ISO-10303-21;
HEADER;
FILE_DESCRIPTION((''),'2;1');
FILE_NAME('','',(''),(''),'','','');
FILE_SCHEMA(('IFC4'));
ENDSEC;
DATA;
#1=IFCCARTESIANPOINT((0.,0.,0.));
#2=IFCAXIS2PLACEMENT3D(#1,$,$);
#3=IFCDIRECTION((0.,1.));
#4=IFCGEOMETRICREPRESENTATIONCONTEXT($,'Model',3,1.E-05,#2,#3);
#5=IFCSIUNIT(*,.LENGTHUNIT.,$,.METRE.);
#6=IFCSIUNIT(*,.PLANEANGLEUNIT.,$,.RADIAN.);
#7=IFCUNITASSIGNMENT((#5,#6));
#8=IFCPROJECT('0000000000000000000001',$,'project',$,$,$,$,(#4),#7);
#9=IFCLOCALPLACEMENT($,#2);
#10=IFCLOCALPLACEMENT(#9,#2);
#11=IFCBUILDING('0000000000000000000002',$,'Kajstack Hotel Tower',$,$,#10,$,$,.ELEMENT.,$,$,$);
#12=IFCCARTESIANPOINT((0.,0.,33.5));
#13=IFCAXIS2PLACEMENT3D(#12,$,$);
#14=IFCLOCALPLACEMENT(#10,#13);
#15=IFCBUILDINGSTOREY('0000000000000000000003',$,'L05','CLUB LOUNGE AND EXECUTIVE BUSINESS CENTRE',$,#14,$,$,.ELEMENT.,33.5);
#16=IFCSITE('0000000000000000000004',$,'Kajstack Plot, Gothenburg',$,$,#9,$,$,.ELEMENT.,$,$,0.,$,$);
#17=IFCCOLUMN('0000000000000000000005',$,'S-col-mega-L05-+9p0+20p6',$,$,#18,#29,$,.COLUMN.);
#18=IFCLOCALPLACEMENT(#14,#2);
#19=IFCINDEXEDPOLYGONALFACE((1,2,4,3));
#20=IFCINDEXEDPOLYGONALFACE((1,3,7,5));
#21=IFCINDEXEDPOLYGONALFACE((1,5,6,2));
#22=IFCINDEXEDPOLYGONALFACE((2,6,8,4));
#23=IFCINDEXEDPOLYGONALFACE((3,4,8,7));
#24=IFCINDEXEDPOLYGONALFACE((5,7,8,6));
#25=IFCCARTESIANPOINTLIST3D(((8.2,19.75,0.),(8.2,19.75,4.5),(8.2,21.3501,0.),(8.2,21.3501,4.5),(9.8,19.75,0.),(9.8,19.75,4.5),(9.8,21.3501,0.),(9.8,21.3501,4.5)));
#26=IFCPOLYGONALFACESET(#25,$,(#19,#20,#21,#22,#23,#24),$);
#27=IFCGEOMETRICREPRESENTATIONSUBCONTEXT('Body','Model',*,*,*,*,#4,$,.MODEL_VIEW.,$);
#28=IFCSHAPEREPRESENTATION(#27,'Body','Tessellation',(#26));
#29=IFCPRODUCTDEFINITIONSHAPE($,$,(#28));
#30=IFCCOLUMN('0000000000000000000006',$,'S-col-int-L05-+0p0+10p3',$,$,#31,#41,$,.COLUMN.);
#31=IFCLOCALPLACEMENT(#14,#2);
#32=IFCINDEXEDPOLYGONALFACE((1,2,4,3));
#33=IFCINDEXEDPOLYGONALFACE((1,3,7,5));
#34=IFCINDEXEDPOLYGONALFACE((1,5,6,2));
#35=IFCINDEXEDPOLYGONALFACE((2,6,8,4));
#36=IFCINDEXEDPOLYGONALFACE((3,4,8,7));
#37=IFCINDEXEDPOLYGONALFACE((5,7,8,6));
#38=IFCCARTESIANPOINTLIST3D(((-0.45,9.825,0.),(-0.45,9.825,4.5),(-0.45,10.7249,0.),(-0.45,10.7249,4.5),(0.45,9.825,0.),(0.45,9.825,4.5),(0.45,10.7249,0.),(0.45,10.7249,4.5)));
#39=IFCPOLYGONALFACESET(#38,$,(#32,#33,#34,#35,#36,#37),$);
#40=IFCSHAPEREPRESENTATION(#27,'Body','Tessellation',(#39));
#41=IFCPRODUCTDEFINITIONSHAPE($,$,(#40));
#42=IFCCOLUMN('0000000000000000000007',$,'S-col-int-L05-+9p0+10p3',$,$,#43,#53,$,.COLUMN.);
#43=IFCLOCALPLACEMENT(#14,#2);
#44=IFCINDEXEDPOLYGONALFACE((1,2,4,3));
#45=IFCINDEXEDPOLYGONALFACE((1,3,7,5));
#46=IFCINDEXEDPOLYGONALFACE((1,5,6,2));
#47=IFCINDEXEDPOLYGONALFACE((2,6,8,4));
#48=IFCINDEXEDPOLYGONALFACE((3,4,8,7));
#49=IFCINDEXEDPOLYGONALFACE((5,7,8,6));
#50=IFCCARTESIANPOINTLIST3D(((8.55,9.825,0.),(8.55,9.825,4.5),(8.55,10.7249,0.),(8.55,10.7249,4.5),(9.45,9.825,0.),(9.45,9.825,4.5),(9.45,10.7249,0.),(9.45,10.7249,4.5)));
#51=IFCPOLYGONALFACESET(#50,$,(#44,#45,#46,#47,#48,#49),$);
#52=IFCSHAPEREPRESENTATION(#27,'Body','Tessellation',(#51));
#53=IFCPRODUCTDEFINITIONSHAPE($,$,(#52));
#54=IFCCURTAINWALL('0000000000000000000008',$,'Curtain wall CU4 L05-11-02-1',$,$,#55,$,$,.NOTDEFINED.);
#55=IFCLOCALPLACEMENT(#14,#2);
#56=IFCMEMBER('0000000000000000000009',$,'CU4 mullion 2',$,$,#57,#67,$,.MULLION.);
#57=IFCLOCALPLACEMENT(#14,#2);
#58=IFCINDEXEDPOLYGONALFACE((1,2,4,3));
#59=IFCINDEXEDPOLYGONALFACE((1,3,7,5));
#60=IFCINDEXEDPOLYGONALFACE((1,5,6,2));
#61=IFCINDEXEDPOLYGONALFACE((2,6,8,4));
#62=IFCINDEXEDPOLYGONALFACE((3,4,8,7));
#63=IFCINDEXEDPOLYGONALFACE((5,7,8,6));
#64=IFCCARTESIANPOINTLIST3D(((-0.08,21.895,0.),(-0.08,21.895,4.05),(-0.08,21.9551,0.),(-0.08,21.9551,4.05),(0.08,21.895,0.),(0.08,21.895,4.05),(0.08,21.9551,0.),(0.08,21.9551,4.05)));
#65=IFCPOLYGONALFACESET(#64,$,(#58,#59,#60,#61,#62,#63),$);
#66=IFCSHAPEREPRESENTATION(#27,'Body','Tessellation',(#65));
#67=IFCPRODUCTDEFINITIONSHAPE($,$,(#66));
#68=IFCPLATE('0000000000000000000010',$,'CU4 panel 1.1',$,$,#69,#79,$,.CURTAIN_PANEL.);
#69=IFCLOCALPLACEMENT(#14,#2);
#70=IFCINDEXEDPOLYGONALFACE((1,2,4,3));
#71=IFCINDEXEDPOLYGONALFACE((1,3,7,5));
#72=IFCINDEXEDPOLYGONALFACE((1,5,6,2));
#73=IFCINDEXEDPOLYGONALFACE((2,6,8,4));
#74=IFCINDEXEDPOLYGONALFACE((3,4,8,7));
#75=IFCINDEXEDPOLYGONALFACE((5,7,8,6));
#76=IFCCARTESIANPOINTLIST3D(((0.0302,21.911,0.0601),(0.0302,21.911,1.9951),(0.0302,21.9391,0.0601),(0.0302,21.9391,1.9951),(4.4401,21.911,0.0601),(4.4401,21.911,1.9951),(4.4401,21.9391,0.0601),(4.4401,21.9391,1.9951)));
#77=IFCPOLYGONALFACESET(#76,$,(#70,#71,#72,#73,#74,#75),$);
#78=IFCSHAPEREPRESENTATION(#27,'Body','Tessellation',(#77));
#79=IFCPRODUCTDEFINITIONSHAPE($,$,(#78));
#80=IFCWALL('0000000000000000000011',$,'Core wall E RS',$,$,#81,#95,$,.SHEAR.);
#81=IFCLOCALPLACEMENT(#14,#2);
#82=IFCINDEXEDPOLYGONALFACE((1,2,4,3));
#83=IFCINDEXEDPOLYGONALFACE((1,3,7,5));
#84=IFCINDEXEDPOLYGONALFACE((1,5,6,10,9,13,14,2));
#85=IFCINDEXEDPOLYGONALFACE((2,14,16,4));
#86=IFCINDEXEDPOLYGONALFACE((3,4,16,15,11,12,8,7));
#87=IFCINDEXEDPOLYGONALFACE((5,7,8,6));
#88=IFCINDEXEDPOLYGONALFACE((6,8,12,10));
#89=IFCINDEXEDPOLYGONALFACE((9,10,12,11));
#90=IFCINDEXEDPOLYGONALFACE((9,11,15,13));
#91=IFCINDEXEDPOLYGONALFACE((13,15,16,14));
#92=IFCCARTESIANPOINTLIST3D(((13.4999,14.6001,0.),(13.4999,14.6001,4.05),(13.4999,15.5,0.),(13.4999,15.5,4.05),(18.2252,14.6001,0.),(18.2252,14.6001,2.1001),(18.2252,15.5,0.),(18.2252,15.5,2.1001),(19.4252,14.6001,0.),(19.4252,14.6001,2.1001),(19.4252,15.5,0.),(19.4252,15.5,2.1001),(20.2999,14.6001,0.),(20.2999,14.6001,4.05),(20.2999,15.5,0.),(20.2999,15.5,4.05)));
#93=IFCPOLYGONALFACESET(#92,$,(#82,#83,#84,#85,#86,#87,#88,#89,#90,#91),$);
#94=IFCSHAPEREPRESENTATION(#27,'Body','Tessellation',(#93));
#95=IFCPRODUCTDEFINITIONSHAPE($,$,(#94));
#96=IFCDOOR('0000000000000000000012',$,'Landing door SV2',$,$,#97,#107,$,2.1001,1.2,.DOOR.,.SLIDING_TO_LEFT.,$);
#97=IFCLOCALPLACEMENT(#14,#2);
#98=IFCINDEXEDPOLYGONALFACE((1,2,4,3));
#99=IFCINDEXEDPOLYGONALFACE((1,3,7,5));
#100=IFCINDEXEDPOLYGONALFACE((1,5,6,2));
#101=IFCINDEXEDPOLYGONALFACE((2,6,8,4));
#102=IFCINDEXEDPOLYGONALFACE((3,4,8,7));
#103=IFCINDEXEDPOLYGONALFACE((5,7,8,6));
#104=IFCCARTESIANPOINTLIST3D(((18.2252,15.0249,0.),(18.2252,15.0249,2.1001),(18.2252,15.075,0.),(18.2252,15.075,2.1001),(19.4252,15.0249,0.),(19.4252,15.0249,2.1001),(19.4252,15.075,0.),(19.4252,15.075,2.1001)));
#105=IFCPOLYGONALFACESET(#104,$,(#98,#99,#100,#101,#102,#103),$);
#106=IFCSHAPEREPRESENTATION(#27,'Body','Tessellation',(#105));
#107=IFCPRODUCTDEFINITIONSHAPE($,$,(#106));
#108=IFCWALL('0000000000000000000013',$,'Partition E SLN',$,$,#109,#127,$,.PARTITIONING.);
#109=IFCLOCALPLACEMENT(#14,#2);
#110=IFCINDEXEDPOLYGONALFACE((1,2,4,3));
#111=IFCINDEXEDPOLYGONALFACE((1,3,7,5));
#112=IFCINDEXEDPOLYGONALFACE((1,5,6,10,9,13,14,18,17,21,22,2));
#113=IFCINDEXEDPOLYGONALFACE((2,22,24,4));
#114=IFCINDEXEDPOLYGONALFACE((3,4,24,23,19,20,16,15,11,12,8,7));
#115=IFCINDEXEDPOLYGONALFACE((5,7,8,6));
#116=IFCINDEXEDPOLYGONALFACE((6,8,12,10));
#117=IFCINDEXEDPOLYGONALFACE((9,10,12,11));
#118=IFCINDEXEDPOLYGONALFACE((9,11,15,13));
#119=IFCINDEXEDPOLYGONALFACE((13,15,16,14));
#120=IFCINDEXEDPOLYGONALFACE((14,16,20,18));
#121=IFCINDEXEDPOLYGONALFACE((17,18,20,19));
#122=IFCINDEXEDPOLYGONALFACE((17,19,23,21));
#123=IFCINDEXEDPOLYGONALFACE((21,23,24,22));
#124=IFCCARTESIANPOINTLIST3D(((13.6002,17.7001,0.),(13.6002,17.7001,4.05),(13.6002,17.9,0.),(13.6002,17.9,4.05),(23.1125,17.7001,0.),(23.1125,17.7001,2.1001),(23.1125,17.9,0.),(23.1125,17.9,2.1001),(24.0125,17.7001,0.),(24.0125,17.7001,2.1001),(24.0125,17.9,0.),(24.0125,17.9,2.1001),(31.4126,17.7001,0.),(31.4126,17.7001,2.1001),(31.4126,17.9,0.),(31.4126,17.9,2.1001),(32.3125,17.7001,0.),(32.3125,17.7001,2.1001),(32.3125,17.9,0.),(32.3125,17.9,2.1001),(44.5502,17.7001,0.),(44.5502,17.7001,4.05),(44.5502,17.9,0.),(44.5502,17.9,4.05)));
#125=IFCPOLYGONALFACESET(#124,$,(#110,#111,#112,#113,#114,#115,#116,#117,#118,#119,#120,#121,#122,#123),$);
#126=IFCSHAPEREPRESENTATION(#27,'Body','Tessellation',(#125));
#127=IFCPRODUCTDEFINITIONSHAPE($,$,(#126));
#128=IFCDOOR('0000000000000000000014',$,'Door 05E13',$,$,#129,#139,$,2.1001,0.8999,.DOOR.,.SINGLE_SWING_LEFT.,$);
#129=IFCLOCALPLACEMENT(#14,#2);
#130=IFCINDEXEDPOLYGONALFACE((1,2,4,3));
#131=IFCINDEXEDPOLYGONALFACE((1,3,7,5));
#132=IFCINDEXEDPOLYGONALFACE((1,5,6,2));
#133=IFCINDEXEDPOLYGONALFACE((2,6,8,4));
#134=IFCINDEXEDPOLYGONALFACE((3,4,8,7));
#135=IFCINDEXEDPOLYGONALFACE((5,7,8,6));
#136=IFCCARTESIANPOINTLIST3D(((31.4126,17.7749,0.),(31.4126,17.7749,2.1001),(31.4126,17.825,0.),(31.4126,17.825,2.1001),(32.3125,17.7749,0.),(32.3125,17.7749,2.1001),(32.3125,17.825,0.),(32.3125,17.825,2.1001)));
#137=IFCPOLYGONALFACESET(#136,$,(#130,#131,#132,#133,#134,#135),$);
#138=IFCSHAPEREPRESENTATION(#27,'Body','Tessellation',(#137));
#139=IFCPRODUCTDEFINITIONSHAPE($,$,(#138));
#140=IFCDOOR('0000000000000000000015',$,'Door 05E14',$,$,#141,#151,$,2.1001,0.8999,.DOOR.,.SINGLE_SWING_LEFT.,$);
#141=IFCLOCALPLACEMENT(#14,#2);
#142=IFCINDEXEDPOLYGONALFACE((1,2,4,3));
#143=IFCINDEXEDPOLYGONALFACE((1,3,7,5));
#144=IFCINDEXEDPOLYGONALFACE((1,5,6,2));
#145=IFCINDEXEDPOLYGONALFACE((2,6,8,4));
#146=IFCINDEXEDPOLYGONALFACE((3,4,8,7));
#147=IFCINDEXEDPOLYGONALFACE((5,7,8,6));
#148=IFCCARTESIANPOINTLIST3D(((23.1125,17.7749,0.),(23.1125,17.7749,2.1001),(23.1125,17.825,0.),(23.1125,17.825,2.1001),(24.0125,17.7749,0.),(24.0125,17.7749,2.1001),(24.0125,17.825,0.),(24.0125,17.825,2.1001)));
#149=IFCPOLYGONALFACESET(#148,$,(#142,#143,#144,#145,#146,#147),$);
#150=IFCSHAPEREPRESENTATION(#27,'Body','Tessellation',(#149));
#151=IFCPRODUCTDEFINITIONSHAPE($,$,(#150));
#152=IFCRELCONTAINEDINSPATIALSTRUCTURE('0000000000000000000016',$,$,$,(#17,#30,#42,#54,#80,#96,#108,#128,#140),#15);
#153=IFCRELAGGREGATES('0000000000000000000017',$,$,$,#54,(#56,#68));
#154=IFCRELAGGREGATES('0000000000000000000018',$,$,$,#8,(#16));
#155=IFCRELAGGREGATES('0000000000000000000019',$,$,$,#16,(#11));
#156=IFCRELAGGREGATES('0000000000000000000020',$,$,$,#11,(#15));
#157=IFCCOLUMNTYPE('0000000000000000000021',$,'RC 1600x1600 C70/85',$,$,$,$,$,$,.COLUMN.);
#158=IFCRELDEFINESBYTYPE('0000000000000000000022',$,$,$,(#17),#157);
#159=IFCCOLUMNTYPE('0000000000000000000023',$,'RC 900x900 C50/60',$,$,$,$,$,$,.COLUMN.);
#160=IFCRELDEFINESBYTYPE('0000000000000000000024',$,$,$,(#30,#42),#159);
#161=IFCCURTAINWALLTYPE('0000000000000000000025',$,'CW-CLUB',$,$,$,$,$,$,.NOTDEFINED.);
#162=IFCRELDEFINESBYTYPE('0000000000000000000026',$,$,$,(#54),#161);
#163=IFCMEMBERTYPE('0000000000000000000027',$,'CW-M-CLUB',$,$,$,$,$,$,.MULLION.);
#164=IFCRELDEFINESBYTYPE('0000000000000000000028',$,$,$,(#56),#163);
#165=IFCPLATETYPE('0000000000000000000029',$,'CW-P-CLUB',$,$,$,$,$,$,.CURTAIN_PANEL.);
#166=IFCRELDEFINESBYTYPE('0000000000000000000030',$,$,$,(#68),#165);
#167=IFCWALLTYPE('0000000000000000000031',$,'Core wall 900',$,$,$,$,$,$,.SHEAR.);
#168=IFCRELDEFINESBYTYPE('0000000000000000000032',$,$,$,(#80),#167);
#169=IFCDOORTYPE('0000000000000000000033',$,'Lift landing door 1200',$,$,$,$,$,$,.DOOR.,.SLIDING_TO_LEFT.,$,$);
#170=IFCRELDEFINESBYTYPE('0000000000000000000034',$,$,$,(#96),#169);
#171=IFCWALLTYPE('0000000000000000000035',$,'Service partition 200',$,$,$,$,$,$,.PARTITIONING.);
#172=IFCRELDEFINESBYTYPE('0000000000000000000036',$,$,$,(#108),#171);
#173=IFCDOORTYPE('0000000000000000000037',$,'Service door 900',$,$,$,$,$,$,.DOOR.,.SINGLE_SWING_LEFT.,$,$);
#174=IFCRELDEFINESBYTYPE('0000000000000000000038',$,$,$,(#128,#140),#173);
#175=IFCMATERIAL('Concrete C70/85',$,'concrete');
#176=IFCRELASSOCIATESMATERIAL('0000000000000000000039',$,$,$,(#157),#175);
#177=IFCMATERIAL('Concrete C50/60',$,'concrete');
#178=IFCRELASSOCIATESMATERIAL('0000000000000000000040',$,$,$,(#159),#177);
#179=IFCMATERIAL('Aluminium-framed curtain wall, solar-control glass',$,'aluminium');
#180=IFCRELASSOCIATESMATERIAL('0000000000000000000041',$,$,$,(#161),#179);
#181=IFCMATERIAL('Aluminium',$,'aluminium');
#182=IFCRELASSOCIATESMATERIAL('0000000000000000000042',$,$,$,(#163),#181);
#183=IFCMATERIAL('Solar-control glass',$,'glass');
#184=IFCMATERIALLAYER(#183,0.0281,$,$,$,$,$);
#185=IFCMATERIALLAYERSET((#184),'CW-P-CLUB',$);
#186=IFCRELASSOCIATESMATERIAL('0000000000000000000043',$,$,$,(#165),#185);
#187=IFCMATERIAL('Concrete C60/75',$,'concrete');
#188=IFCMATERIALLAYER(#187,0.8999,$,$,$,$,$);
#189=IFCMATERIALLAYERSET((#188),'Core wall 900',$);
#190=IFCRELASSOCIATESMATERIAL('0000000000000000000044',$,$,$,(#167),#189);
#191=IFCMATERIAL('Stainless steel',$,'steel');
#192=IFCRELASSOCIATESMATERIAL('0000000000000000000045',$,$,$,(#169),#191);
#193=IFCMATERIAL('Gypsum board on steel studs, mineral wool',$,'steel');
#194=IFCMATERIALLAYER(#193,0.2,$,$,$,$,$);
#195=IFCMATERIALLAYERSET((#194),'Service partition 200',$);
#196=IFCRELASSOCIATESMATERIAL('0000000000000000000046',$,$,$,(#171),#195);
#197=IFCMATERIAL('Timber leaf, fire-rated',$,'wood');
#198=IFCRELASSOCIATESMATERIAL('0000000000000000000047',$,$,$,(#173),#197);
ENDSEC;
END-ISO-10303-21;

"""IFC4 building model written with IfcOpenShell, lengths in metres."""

from ifc_helpers import new_model, si_unit, direction, frame, frame_2d, origin, origin_2d, place, context, subcontext, project, spatial, rectangle, extrude, material, layer, layer_set, material_profile, profile_set, type_object, element, fill, aggregate, save


model = new_model("IFC4")

# Units and contexts
model_context = context("Model", 3, precision=1e-05, world=origin(), true_north=direction((0.0, 1.0)))
body_context = subcontext(model_context, "Body", "Model", "MODEL_VIEW")
ifc_project = project(units=[si_unit("LENGTHUNIT", "METRE"), si_unit("PLANEANGLEUNIT", "RADIAN")], contexts=[model_context])

# Site, building, storey
site_placement = place(None, origin())
site = spatial("IfcSite", under=ifc_project, at=site_placement, Name="Kajstack Plot, Gothenburg", CompositionType="ELEMENT", RefElevation=0.0)
building_placement = place(site_placement, origin())
building = spatial("IfcBuilding", under=site, at=building_placement, Name="Kajstack Hotel Tower", CompositionType="ELEMENT")
storey_placement = place(building_placement, frame((0.0, 0.0, 33.5)))
storey = spatial("IfcBuildingStorey", under=building, at=storey_placement, Name="L05", Description="CLUB LOUNGE AND EXECUTIVE BUSINESS CENTRE", CompositionType="ELEMENT", Elevation=33.5)

# Columns
ifc_material_1 = material(Name="Concrete C70/85", Category="concrete")
ifc_material_profile_1 = material_profile(ifc_material_1, rectangle(XDim=1.6001, YDim=1.6001, at=origin_2d()), Name="RC 1600x1600")
ifc_profile_set_1 = profile_set([ifc_material_profile_1], Name="Concrete C70/85")
column_type_1 = type_object("IfcColumnType", Name="RC 1600x1600 C70/85", PredefinedType="COLUMN", material=ifc_profile_set_1)
column_placement = place(storey_placement, frame((9.0, 20.55, 0.0), z_axis=(0.0, 0.0, 1.0), x_axis=(1.0, 0.0, 0.0)))
element("IfcColumn", 1, at=column_placement, inside=storey, type_object=column_type_1, Name="S-col-mega-L05-+9p0+20p6", PredefinedType="COLUMN", context=body_context, shape_type="SweptSolid", body=[
    extrude(rectangle(XDim=1.6001, YDim=1.6001, at=origin_2d()), origin(), (0.0, 0.0, 1.0), 4.5),
])
ifc_material_2 = material(Name="Concrete C50/60", Category="concrete")
ifc_material_profile_2 = material_profile(ifc_material_2, rectangle(XDim=0.8999, YDim=0.8999, at=origin_2d()), Name="RC 900x900")
ifc_profile_set_2 = profile_set([ifc_material_profile_2], Name="Concrete C50/60")
column_type_2 = type_object("IfcColumnType", Name="RC 900x900 C50/60", PredefinedType="COLUMN", material=ifc_profile_set_2)
for number, where, z_axis, x_axis, name in (
    (2, (0.0, 10.2749, 0.0), (0.0, 0.0, 1.0), (1.0, 0.0, 0.0), "S-col-int-L05-+0p0+10p3"),
    (3, (9.0, 10.2749, 0.0), (0.0, 0.0, 1.0), (1.0, 0.0, 0.0), "S-col-int-L05-+9p0+10p3"),
):
    element("IfcColumn", number, at=place(storey_placement, frame(where, z_axis=z_axis, x_axis=x_axis)), inside=storey, type_object=column_type_2, Name=name, PredefinedType="COLUMN", context=body_context, shape_type="SweptSolid", body=[
        extrude(rectangle(XDim=0.8999, YDim=0.8999, at=origin_2d()), origin(), (0.0, 0.0, 1.0), 4.5),
    ])

# Curtain wall, member, plate
ifc_material_3 = material(Name="Aluminium-framed curtain wall, solar-control glass", Category="aluminium")
curtain_wall_type = type_object("IfcCurtainWallType", Name="CW-CLUB", PredefinedType="NOTDEFINED", material=ifc_material_3)
curtain_wall_placement = place(storey_placement, origin())
curtain_wall = element("IfcCurtainWall", 4, at=curtain_wall_placement, inside=storey, type_object=curtain_wall_type, Name="Curtain wall CU4 L05-11-02-1", PredefinedType="NOTDEFINED")
ifc_material_4 = material(Name="Aluminium", Category="aluminium")
ifc_material_profile_3 = material_profile(ifc_material_4, rectangle(XDim=0.0601, YDim=0.1599, at=origin_2d()), Name="Aluminium mullion 60 x 160")
ifc_profile_set_3 = profile_set([ifc_material_profile_3], Name="Aluminium")
member_type = type_object("IfcMemberType", Name="CW-M-CLUB", PredefinedType="MULLION", material=ifc_profile_set_3)
member_placement = place(storey_placement, frame((0.0, 21.925, 0.0), z_axis=(0.0, 0.0, 1.0), x_axis=(0.0, -1.0, 0.0)))
member = element("IfcMember", 5, at=member_placement, type_object=member_type, Name="CU4 mullion 2", PredefinedType="MULLION", context=body_context, shape_type="SweptSolid", body=[
    extrude(rectangle(XDim=0.0601, YDim=0.1599, at=origin_2d()), origin(), (0.0, 0.0, 1.0), 4.05),
])
ifc_material_5 = material(Name="Solar-control glass", Category="glass")
ifc_layer_1 = layer(ifc_material_5, 0.0281)
ifc_layer_set_1 = layer_set([ifc_layer_1], Name="CW-P-CLUB")
plate_type = type_object("IfcPlateType", Name="CW-P-CLUB", PredefinedType="CURTAIN_PANEL", material=ifc_layer_set_1)
plate_placement = place(storey_placement, frame((2.2351, 21.925, 0.0601), z_axis=(0.0, 0.0, 1.0), x_axis=(-1.0, 0.0, 0.0)))
plate = element("IfcPlate", 6, at=plate_placement, type_object=plate_type, Name="CU4 panel 1.1", PredefinedType="CURTAIN_PANEL", context=body_context, shape_type="SweptSolid", body=[
    extrude(rectangle(XDim=4.4099, YDim=0.0281, at=origin_2d()), origin(), (0.0, 0.0, 1.0), 1.9351),
])
aggregate(curtain_wall, [member, plate])

# Wall, opening, door
ifc_material_6 = material(Name="Concrete C60/75", Category="concrete")
ifc_layer_2 = layer(ifc_material_6, 0.8999)
ifc_layer_set_2 = layer_set([ifc_layer_2], Name="Core wall 900")
wall_type_1 = type_object("IfcWallType", Name="Core wall 900", PredefinedType="SHEAR", material=ifc_layer_set_2)
wall_1_placement = place(storey_placement, frame((13.5, 15.05, 0.0), z_axis=(0.0, 0.0, 1.0), x_axis=(1.0, 0.0, 0.0)))
wall_1 = element("IfcWall", 7, at=wall_1_placement, inside=storey, type_object=wall_type_1, Name="Core wall E RS", PredefinedType="SHEAR", context=body_context, shape_type="SweptSolid", body=[
    extrude(rectangle(XDim=6.8, YDim=0.8999, at=frame_2d((3.3999, 0.0))), origin(), (0.0, 0.0, 1.0), 4.05),
])
opening_1_placement = place(wall_1_placement, frame((4.7251, 0.0, 0.0)))
opening_1 = element("IfcOpeningElement", 8, at=opening_1_placement, cuts=wall_1, PredefinedType="OPENING", context=body_context, shape_type="SweptSolid", body=[
    extrude(rectangle(XDim=1.2, YDim=2.1001, at=frame_2d((0.6001, 1.05))), frame((0.0, 0.46, 0.0), z_axis=(0.0, -1.0, 0.0), x_axis=(1.0, 0.0, 0.0)), (0.0, 0.0, 1.0), 0.9199),
])
ifc_material_7 = material(Name="Stainless steel", Category="steel")
door_type_1 = type_object("IfcDoorType", Name="Lift landing door 1200", OperationType="SLIDING_TO_LEFT", PredefinedType="DOOR", material=ifc_material_7)
door_1_placement = place(opening_1_placement, origin())
door_1 = element("IfcDoor", 9, at=door_1_placement, inside=storey, type_object=door_type_1, Name="Landing door SV2", OperationType="SLIDING_TO_LEFT", OverallHeight=2.1001, OverallWidth=1.2, PredefinedType="DOOR", context=body_context, shape_type="SweptSolid", body=[
    extrude(rectangle(XDim=1.2, YDim=2.1001, at=frame_2d((0.6001, 1.05))), frame((0.0, 0.0249, 0.0), z_axis=(0.0, -1.0, 0.0), x_axis=(1.0, 0.0, 0.0)), (0.0, 0.0, 1.0), 0.05),
])
fill(opening_1, door_1)

# Wall, openings, doors
ifc_material_8 = material(Name="Gypsum board on steel studs, mineral wool", Category="steel")
ifc_layer_3 = layer(ifc_material_8, 0.2)
ifc_layer_set_3 = layer_set([ifc_layer_3], Name="Service partition 200")
wall_type_2 = type_object("IfcWallType", Name="Service partition 200", PredefinedType="PARTITIONING", material=ifc_layer_set_3)
wall_2_placement = place(storey_placement, frame((13.6001, 17.8, 0.0), z_axis=(0.0, 0.0, 1.0), x_axis=(1.0, 0.0, 0.0)))
wall_2 = element("IfcWall", 10, at=wall_2_placement, inside=storey, type_object=wall_type_2, Name="Partition E SLN", PredefinedType="PARTITIONING", context=body_context, shape_type="SweptSolid", body=[
    extrude(rectangle(XDim=30.95, YDim=0.2, at=frame_2d((15.4751, 0.0))), origin(), (0.0, 0.0, 1.0), 4.05),
])
opening_2_placement = place(wall_2_placement, frame((17.8125, 0.0, 0.0)))
opening_2 = element("IfcOpeningElement", 11, at=opening_2_placement, cuts=wall_2, PredefinedType="OPENING", context=body_context, shape_type="SweptSolid", body=[
    extrude(rectangle(XDim=0.8999, YDim=2.1001, at=frame_2d((0.45, 1.05))), frame((0.0, 0.1099, 0.0), z_axis=(0.0, -1.0, 0.0), x_axis=(1.0, 0.0, 0.0)), (0.0, 0.0, 1.0), 0.22),
])
opening_3_placement = place(wall_2_placement, frame((9.5125, 0.0, 0.0)))
opening_3 = element("IfcOpeningElement", 12, at=opening_3_placement, cuts=wall_2, PredefinedType="OPENING", context=body_context, shape_type="SweptSolid", body=[
    extrude(rectangle(XDim=0.8999, YDim=2.1001, at=frame_2d((0.45, 1.05))), frame((0.0, 0.1099, 0.0), z_axis=(0.0, -1.0, 0.0), x_axis=(1.0, 0.0, 0.0)), (0.0, 0.0, 1.0), 0.22),
])
ifc_material_9 = material(Name="Timber leaf, fire-rated", Category="wood")
door_type_2 = type_object("IfcDoorType", Name="Service door 900", OperationType="SINGLE_SWING_LEFT", PredefinedType="DOOR", material=ifc_material_9)
door_2_placement = place(opening_2_placement, origin())
door_2 = element("IfcDoor", 13, at=door_2_placement, inside=storey, type_object=door_type_2, Name="Door 05E13", OperationType="SINGLE_SWING_LEFT", OverallHeight=2.1001, OverallWidth=0.8999, PredefinedType="DOOR", context=body_context, shape_type="SweptSolid", body=[
    extrude(rectangle(XDim=0.8999, YDim=2.1001, at=frame_2d((0.45, 1.05))), frame((0.0, 0.0249, 0.0), z_axis=(0.0, -1.0, 0.0), x_axis=(1.0, 0.0, 0.0)), (0.0, 0.0, 1.0), 0.05),
])
fill(opening_2, door_2)
door_3_placement = place(opening_3_placement, origin())
door_3 = element("IfcDoor", 14, at=door_3_placement, inside=storey, type_object=door_type_2, Name="Door 05E14", OperationType="SINGLE_SWING_LEFT", OverallHeight=2.1001, OverallWidth=0.8999, PredefinedType="DOOR", context=body_context, shape_type="SweptSolid", body=[
    extrude(rectangle(XDim=0.8999, YDim=2.1001, at=frame_2d((0.45, 1.05))), frame((0.0, 0.0249, 0.0), z_axis=(0.0, -1.0, 0.0), x_axis=(1.0, 0.0, 0.0)), (0.0, 0.0, 1.0), 0.05),
])
fill(opening_3, door_3)

save(model, "model.ifc")
